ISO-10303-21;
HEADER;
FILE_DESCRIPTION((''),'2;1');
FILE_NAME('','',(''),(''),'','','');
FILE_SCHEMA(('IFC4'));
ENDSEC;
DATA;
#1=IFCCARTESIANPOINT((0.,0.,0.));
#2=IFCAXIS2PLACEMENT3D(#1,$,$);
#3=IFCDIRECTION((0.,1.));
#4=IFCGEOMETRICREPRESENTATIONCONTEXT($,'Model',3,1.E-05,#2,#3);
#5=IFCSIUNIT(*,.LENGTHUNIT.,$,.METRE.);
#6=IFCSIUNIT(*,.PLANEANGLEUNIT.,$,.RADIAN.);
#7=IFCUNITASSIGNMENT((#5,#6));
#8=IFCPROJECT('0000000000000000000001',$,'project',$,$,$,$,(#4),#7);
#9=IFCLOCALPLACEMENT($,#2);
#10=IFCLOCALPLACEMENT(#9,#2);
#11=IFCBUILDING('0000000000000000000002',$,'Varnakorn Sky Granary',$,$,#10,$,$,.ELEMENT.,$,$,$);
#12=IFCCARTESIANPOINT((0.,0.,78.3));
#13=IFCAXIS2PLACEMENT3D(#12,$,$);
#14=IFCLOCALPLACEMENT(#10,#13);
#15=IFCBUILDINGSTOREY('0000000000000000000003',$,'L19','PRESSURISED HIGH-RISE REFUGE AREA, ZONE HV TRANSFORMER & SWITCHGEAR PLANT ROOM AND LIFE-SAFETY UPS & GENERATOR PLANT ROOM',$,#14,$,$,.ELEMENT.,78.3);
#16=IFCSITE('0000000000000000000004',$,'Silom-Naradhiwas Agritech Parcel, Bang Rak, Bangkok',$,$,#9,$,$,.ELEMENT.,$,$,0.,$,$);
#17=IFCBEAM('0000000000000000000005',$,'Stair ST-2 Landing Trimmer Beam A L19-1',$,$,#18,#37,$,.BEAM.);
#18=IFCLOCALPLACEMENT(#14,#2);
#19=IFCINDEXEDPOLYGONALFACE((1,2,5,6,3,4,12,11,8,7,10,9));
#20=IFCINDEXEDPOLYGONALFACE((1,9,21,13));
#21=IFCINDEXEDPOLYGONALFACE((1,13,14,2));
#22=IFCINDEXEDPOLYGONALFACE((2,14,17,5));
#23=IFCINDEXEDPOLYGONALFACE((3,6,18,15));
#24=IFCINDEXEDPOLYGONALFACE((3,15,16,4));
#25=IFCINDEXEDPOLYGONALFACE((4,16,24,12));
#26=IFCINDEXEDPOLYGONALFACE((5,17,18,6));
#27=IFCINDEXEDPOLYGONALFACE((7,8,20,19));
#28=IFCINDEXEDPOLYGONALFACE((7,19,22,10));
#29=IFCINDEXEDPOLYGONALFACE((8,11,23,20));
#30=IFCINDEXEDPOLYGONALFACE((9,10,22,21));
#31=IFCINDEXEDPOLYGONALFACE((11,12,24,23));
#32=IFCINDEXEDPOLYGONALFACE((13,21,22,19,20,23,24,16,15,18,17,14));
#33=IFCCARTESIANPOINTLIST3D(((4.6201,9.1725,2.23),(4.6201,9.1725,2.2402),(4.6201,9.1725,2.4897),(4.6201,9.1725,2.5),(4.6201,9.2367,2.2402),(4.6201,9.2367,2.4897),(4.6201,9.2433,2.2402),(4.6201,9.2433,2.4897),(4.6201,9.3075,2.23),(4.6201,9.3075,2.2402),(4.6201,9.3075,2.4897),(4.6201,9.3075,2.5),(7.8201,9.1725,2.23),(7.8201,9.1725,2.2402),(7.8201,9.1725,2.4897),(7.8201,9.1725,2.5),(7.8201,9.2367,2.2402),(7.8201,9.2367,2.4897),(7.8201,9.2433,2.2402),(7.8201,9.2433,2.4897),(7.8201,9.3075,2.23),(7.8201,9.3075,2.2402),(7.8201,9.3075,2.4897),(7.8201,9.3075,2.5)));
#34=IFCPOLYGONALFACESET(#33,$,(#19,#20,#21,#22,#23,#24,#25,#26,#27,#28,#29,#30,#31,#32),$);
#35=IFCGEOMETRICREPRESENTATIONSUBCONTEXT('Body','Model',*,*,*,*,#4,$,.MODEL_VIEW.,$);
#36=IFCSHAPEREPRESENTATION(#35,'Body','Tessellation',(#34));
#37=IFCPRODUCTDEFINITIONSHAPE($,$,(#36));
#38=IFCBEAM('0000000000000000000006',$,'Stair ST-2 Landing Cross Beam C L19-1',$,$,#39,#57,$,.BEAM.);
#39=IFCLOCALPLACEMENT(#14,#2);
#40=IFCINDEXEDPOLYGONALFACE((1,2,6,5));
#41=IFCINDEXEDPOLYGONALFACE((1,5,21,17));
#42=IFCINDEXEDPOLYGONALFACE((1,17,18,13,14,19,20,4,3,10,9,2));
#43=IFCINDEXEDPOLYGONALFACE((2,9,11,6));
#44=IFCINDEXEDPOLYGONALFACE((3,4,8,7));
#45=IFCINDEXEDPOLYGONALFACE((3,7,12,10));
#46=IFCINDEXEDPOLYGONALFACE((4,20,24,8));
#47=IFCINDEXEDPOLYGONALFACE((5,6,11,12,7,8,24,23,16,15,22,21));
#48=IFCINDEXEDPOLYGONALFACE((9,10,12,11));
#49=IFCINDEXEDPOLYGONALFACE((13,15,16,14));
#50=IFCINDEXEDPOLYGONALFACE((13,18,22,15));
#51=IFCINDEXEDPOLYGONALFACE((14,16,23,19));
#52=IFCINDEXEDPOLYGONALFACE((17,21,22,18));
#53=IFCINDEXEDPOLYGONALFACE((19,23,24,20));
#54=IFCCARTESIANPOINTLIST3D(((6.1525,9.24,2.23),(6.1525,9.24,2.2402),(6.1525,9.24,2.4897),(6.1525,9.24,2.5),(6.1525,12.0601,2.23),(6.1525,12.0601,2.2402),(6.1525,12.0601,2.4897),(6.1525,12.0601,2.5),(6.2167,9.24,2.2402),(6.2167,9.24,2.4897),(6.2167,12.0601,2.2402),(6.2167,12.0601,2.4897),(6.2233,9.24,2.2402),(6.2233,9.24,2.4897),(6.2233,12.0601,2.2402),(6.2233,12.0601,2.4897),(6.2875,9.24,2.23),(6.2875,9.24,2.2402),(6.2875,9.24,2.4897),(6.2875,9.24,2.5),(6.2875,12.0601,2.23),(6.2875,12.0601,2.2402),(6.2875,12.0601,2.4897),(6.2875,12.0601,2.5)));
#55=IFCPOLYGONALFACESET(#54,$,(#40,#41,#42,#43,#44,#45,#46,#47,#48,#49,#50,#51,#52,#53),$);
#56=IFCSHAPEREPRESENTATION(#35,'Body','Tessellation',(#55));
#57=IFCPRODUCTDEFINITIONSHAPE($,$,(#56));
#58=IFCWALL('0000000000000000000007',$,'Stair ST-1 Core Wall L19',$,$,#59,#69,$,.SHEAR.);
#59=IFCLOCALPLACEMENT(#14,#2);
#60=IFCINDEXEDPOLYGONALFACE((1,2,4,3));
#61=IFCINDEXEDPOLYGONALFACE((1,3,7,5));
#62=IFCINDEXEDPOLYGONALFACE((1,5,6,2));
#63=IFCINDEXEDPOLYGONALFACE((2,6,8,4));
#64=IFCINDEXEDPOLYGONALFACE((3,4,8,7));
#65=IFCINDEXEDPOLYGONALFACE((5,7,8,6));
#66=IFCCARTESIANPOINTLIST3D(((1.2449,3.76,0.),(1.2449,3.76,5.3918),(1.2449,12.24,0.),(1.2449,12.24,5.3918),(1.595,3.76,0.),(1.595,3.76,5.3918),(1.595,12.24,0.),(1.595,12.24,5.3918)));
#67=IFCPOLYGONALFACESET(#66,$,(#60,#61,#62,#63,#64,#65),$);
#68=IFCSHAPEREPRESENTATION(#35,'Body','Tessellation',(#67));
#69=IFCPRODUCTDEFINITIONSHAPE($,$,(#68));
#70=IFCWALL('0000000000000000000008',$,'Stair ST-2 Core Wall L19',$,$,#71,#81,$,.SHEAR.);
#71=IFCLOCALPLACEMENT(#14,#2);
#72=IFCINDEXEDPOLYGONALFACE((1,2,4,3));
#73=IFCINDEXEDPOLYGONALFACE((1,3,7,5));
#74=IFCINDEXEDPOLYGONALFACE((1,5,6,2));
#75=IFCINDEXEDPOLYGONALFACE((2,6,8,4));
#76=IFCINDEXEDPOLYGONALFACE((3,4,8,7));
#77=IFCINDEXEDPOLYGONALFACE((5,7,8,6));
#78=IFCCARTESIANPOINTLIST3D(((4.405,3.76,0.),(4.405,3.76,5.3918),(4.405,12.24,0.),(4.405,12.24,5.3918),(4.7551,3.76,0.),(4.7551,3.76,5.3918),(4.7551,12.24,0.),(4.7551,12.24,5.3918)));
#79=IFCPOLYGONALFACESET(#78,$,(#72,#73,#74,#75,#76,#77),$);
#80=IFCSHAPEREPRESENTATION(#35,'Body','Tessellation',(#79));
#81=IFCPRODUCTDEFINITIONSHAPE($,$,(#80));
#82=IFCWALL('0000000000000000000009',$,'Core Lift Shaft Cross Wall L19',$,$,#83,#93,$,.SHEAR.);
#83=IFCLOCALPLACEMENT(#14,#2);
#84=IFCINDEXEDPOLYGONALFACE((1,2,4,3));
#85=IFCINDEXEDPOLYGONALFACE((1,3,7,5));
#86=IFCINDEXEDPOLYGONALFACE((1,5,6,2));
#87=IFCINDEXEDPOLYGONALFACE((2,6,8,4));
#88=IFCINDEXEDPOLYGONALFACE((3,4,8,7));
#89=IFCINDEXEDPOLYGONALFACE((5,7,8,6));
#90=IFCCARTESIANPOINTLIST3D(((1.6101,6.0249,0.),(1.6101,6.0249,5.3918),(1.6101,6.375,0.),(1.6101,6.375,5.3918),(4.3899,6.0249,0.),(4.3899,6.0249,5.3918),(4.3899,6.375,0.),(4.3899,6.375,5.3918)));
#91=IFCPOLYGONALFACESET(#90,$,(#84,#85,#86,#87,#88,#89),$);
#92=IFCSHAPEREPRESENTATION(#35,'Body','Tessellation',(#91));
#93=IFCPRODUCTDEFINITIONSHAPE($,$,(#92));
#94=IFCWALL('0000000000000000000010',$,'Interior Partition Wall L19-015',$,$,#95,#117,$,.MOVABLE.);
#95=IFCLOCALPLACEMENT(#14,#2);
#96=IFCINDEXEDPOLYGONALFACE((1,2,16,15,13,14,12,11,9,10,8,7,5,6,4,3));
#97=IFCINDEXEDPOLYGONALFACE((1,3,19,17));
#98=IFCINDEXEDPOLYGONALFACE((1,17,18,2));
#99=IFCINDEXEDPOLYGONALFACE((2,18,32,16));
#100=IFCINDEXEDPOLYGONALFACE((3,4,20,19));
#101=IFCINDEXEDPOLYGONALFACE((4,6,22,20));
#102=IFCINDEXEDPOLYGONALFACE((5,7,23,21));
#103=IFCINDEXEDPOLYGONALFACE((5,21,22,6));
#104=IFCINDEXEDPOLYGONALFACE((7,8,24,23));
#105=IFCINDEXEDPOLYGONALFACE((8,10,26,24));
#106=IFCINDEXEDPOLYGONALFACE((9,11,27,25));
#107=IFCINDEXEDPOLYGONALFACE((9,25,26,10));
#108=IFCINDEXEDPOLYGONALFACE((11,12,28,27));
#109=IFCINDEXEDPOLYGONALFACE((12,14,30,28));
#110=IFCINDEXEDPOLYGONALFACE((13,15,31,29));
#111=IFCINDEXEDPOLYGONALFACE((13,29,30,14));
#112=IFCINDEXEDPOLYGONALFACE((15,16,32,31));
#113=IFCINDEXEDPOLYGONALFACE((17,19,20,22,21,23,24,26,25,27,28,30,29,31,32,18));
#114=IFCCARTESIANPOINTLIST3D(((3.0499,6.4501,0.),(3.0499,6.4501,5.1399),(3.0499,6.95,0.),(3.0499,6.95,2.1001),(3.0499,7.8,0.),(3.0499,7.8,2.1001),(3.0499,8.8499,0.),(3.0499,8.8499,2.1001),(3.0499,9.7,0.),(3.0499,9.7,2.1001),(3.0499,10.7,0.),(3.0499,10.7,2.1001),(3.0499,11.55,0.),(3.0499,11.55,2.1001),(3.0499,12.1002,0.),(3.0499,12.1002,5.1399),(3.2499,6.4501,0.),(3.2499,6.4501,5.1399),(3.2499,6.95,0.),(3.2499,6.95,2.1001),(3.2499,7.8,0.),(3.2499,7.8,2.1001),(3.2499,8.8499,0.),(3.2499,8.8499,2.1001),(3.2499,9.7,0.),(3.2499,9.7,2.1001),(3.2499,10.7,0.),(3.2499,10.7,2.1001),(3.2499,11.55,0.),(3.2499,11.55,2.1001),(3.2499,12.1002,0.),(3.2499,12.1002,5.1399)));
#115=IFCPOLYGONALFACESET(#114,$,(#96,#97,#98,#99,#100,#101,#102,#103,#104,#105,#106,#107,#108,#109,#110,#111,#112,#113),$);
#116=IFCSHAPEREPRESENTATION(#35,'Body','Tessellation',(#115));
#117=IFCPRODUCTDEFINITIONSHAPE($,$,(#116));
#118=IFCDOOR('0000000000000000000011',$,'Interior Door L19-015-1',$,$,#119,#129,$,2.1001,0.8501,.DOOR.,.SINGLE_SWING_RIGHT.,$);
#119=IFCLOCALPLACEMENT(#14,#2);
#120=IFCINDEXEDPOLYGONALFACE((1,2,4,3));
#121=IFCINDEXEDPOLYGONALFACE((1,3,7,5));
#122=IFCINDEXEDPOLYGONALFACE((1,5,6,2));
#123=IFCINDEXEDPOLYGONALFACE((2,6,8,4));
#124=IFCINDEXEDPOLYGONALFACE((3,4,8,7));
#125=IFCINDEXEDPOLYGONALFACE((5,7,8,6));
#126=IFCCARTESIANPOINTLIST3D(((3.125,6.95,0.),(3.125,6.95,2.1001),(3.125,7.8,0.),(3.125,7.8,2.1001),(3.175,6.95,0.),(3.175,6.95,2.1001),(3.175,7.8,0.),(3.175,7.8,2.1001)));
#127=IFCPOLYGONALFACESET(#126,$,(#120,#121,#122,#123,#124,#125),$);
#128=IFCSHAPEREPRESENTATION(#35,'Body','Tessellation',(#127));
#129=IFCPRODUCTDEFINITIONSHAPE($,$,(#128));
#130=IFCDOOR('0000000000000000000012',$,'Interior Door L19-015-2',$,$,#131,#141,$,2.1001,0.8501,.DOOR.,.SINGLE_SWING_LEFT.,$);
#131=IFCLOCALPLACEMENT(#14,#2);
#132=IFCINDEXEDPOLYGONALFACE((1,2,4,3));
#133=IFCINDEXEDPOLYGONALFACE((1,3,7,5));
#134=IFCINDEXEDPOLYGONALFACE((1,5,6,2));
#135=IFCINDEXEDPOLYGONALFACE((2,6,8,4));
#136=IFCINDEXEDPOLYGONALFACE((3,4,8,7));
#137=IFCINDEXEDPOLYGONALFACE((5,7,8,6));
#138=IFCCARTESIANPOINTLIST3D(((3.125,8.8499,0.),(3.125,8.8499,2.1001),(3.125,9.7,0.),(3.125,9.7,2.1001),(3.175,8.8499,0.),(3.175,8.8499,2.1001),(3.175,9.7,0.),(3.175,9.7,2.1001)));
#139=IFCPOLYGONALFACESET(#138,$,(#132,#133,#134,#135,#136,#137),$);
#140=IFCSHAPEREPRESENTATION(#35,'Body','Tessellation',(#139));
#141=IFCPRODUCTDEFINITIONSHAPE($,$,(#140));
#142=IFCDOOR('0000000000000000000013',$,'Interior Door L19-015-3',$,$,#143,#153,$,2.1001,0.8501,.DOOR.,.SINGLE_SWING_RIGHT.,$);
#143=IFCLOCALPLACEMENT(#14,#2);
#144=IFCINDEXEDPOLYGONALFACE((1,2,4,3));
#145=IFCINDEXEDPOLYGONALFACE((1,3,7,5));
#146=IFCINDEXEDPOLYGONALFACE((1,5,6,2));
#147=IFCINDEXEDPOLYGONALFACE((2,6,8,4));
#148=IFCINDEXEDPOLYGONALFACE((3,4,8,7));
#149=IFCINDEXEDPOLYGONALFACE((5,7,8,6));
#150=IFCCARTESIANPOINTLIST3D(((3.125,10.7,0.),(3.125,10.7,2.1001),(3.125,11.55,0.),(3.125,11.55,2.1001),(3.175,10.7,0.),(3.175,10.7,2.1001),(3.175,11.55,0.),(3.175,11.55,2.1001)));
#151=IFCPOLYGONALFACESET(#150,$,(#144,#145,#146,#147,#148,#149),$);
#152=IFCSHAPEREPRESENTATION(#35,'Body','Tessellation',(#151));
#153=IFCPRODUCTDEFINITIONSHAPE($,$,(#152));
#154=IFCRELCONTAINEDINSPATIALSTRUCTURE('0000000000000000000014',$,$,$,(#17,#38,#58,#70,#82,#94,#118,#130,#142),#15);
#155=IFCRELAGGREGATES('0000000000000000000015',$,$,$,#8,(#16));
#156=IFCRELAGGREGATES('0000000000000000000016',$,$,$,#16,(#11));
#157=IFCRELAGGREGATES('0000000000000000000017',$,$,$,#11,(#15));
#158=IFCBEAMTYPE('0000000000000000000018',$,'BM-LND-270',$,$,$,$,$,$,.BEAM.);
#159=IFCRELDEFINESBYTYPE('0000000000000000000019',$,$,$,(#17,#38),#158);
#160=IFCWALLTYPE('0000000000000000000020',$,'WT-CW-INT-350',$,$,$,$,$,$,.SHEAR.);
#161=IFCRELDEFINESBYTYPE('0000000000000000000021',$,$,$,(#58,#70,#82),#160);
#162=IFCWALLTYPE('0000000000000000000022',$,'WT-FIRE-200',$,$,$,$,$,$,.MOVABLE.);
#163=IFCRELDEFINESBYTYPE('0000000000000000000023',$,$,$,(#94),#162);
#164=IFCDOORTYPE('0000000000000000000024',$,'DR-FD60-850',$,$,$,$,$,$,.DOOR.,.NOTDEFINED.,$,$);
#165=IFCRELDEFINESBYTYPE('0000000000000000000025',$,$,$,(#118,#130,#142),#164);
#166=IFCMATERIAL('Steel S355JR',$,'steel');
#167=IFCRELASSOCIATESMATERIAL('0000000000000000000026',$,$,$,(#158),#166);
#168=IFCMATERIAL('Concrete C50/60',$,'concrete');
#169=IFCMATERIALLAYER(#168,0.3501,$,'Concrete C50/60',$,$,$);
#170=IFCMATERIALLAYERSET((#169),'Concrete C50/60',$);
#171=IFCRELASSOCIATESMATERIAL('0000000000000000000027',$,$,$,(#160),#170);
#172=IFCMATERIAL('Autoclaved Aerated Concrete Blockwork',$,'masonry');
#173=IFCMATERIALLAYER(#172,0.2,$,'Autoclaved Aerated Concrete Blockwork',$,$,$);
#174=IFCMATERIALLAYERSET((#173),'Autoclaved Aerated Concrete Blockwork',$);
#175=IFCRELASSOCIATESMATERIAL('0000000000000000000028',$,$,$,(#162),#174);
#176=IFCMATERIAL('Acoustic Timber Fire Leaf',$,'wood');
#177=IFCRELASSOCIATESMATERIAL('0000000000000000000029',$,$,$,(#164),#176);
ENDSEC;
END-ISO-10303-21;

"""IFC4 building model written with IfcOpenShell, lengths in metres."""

from ifc_helpers import new_model, si_unit, direction, frame, frame_2d, origin, origin_2d, place, context, subcontext, project, spatial, rectangle, i_section, extrude, material, layer, layer_set, material_profile, profile_set, type_object, element, fill, save


model = new_model("IFC4")

# Units and contexts
model_context = context("Model", 3, precision=1e-05, world=origin(), true_north=direction((0.0, 1.0)))
body_context = subcontext(model_context, "Body", "Model", "MODEL_VIEW")
ifc_project = project(units=[si_unit("LENGTHUNIT", "METRE"), si_unit("PLANEANGLEUNIT", "RADIAN")], contexts=[model_context])

# Site, building, storey
site_placement = place(None, origin())
site = spatial("IfcSite", under=ifc_project, at=site_placement, Name="Silom-Naradhiwas Agritech Parcel, Bang Rak, Bangkok", CompositionType="ELEMENT", RefElevation=0.0)
building_placement = place(site_placement, origin())
building = spatial("IfcBuilding", under=site, at=building_placement, Name="Varnakorn Sky Granary", CompositionType="ELEMENT")
storey_placement = place(building_placement, frame((0.0, 0.0, 78.3)))
storey = spatial("IfcBuildingStorey", under=building, at=storey_placement, Name="L19", Description="PRESSURISED HIGH-RISE REFUGE AREA, ZONE HV TRANSFORMER & SWITCHGEAR PLANT ROOM AND LIFE-SAFETY UPS & GENERATOR PLANT ROOM", CompositionType="ELEMENT", Elevation=78.3)

# Beams
ifc_material_1 = material(Name="Steel S355JR", Category="steel")
ifc_material_profile = material_profile(ifc_material_1, i_section(OverallWidth=0.135, OverallDepth=0.27, WebThickness=0.0066, FlangeThickness=0.0103, at=origin_2d()), Name="IPE 270")
ifc_profile_set = profile_set([ifc_material_profile], Name="Steel S355JR")
beam_type = type_object("IfcBeamType", Name="BM-LND-270", PredefinedType="BEAM", material=ifc_profile_set)
beam_1_placement = place(storey_placement, frame((4.6201, 9.24, 2.365), z_axis=(1.0, 0.0, 0.0), x_axis=(0.0, 1.0, 0.0)))
element("IfcBeam", 1, at=beam_1_placement, inside=storey, type_object=beam_type, Name="Stair ST-2 Landing Trimmer Beam A L19-1", PredefinedType="BEAM", context=body_context, shape_type="SweptSolid", body=[
    extrude(i_section(OverallWidth=0.135, OverallDepth=0.27, WebThickness=0.0066, FlangeThickness=0.0103, at=origin_2d()), origin(), (0.0, 0.0, 1.0), 3.2),
])
beam_2_placement = place(storey_placement, frame((6.22, 9.24, 2.365), z_axis=(0.0, 1.0, 0.0), x_axis=(-1.0, 0.0, 0.0)))
element("IfcBeam", 2, at=beam_2_placement, inside=storey, type_object=beam_type, Name="Stair ST-2 Landing Cross Beam C L19-1", PredefinedType="BEAM", context=body_context, shape_type="SweptSolid", body=[
    extrude(i_section(OverallWidth=0.135, OverallDepth=0.27, WebThickness=0.0066, FlangeThickness=0.0103, at=origin_2d()), origin(), (0.0, 0.0, 1.0), 2.8201),
])

# Walls
ifc_material_2 = material(Name="Concrete C50/60", Category="concrete")
ifc_layer_1 = layer(ifc_material_2, 0.3501, Name="Concrete C50/60")
ifc_layer_set_1 = layer_set([ifc_layer_1], Name="Concrete C50/60")
wall_type_1 = type_object("IfcWallType", Name="WT-CW-INT-350", PredefinedType="SHEAR", material=ifc_layer_set_1)
for number, where, z_axis, x_axis, name in (
    (3, (1.4199, 3.76, 0.0), (0.0, 0.0, 1.0), (0.0, 1.0, 0.0), "Stair ST-1 Core Wall L19"),
    (4, (4.5801, 3.76, 0.0), (0.0, 0.0, 1.0), (0.0, 1.0, 0.0), "Stair ST-2 Core Wall L19"),
):
    element("IfcWall", number, at=place(storey_placement, frame(where, z_axis=z_axis, x_axis=x_axis)), inside=storey, type_object=wall_type_1, Name=name, PredefinedType="SHEAR", context=body_context, shape_type="SweptSolid", body=[
        extrude(rectangle(XDim=8.48, YDim=0.3501, at=frame_2d((4.24, 0.0))), origin(), (0.0, 0.0, 1.0), 5.3918),
    ])
wall_1_placement = place(storey_placement, frame((1.6101, 6.2, 0.0), z_axis=(0.0, 0.0, 1.0), x_axis=(1.0, 0.0, 0.0)))
element("IfcWall", 5, at=wall_1_placement, inside=storey, type_object=wall_type_1, Name="Core Lift Shaft Cross Wall L19", PredefinedType="SHEAR", context=body_context, shape_type="SweptSolid", body=[
    extrude(rectangle(XDim=2.7798, YDim=0.3501, at=frame_2d((1.3899, 0.0))), origin(), (0.0, 0.0, 1.0), 5.3918),
])

# Wall, openings, doors
ifc_material_3 = material(Name="Autoclaved Aerated Concrete Blockwork", Category="masonry")
ifc_layer_2 = layer(ifc_material_3, 0.2, Name="Autoclaved Aerated Concrete Blockwork")
ifc_layer_set_2 = layer_set([ifc_layer_2], Name="Autoclaved Aerated Concrete Blockwork")
wall_type_2 = type_object("IfcWallType", Name="WT-FIRE-200", PredefinedType="MOVABLE", material=ifc_layer_set_2)
wall_2_placement = place(storey_placement, frame((3.1499, 6.45, 0.0), z_axis=(0.0, 0.0, 1.0), x_axis=(0.0, 1.0, 0.0)))
wall_2 = element("IfcWall", 6, at=wall_2_placement, inside=storey, type_object=wall_type_2, Name="Interior Partition Wall L19-015", PredefinedType="MOVABLE", context=body_context, shape_type="SweptSolid", body=[
    extrude(rectangle(XDim=5.6501, YDim=0.2, at=frame_2d((2.8252, 0.0))), origin(), (0.0, 0.0, 1.0), 5.1399),
])
opening_1_placement = place(wall_2_placement, frame((0.5, 0.0, 0.0)))
opening_1 = element("IfcOpeningElement", 7, at=opening_1_placement, cuts=wall_2, PredefinedType="OPENING", context=body_context, shape_type="SweptSolid", body=[
    extrude(rectangle(XDim=0.8501, YDim=2.1001, at=frame_2d((0.425, 1.05))), frame((0.0, 0.1099, 0.0), z_axis=(0.0, -1.0, 0.0), x_axis=(1.0, 0.0, 0.0)), (0.0, 0.0, 1.0), 0.22),
])
opening_2_placement = place(wall_2_placement, frame((2.3999, 0.0, 0.0)))
opening_2 = element("IfcOpeningElement", 8, at=opening_2_placement, cuts=wall_2, PredefinedType="OPENING", context=body_context, shape_type="SweptSolid", body=[
    extrude(rectangle(XDim=0.8501, YDim=2.1001, at=frame_2d((0.425, 1.05))), frame((0.0, 0.1099, 0.0), z_axis=(0.0, -1.0, 0.0), x_axis=(1.0, 0.0, 0.0)), (0.0, 0.0, 1.0), 0.22),
])
opening_3_placement = place(wall_2_placement, frame((4.25, 0.0, 0.0)))
opening_3 = element("IfcOpeningElement", 9, at=opening_3_placement, cuts=wall_2, PredefinedType="OPENING", context=body_context, shape_type="SweptSolid", body=[
    extrude(rectangle(XDim=0.8501, YDim=2.1001, at=frame_2d((0.425, 1.05))), frame((0.0, 0.1099, 0.0), z_axis=(0.0, -1.0, 0.0), x_axis=(1.0, 0.0, 0.0)), (0.0, 0.0, 1.0), 0.22),
])
ifc_material_4 = material(Name="Acoustic Timber Fire Leaf", Category="wood")
door_type_1 = type_object("IfcDoorType", Name="DR-FD60-850", OperationType="NOTDEFINED", PredefinedType="DOOR", material=ifc_material_4)
door_1_placement = place(opening_1_placement, origin())
door_1 = element("IfcDoor", 10, at=door_1_placement, inside=storey, type_object=door_type_1, Name="Interior Door L19-015-1", OperationType="SINGLE_SWING_RIGHT", OverallHeight=2.1001, OverallWidth=0.8501, PredefinedType="DOOR", context=body_context, shape_type="SweptSolid", body=[
    extrude(rectangle(XDim=0.8501, YDim=2.1001, at=frame_2d((0.425, 1.05))), frame((0.0, 0.0249, 0.0), z_axis=(0.0, -1.0, 0.0), x_axis=(1.0, 0.0, 0.0)), (0.0, 0.0, 1.0), 0.05),
])
fill(opening_1, door_1)
door_2_placement = place(opening_2_placement, origin())
door_2 = element("IfcDoor", 11, at=door_2_placement, inside=storey, type_object=door_type_1, Name="Interior Door L19-015-2", OperationType="SINGLE_SWING_LEFT", OverallHeight=2.1001, OverallWidth=0.8501, PredefinedType="DOOR", context=body_context, shape_type="SweptSolid", body=[
    extrude(rectangle(XDim=0.8501, YDim=2.1001, at=frame_2d((0.425, 1.05))), frame((0.0, 0.0249, 0.0), z_axis=(0.0, -1.0, 0.0), x_axis=(1.0, 0.0, 0.0)), (0.0, 0.0, 1.0), 0.05),
])
fill(opening_2, door_2)
door_3_placement = place(opening_3_placement, origin())
door_3 = element("IfcDoor", 12, at=door_3_placement, inside=storey, type_object=door_type_1, Name="Interior Door L19-015-3", OperationType="SINGLE_SWING_RIGHT", OverallHeight=2.1001, OverallWidth=0.8501, PredefinedType="DOOR", context=body_context, shape_type="SweptSolid", body=[
    extrude(rectangle(XDim=0.8501, YDim=2.1001, at=frame_2d((0.425, 1.05))), frame((0.0, 0.0249, 0.0), z_axis=(0.0, -1.0, 0.0), x_axis=(1.0, 0.0, 0.0)), (0.0, 0.0, 1.0), 0.05),
])
fill(opening_3, door_3)

save(model, "model.ifc")
